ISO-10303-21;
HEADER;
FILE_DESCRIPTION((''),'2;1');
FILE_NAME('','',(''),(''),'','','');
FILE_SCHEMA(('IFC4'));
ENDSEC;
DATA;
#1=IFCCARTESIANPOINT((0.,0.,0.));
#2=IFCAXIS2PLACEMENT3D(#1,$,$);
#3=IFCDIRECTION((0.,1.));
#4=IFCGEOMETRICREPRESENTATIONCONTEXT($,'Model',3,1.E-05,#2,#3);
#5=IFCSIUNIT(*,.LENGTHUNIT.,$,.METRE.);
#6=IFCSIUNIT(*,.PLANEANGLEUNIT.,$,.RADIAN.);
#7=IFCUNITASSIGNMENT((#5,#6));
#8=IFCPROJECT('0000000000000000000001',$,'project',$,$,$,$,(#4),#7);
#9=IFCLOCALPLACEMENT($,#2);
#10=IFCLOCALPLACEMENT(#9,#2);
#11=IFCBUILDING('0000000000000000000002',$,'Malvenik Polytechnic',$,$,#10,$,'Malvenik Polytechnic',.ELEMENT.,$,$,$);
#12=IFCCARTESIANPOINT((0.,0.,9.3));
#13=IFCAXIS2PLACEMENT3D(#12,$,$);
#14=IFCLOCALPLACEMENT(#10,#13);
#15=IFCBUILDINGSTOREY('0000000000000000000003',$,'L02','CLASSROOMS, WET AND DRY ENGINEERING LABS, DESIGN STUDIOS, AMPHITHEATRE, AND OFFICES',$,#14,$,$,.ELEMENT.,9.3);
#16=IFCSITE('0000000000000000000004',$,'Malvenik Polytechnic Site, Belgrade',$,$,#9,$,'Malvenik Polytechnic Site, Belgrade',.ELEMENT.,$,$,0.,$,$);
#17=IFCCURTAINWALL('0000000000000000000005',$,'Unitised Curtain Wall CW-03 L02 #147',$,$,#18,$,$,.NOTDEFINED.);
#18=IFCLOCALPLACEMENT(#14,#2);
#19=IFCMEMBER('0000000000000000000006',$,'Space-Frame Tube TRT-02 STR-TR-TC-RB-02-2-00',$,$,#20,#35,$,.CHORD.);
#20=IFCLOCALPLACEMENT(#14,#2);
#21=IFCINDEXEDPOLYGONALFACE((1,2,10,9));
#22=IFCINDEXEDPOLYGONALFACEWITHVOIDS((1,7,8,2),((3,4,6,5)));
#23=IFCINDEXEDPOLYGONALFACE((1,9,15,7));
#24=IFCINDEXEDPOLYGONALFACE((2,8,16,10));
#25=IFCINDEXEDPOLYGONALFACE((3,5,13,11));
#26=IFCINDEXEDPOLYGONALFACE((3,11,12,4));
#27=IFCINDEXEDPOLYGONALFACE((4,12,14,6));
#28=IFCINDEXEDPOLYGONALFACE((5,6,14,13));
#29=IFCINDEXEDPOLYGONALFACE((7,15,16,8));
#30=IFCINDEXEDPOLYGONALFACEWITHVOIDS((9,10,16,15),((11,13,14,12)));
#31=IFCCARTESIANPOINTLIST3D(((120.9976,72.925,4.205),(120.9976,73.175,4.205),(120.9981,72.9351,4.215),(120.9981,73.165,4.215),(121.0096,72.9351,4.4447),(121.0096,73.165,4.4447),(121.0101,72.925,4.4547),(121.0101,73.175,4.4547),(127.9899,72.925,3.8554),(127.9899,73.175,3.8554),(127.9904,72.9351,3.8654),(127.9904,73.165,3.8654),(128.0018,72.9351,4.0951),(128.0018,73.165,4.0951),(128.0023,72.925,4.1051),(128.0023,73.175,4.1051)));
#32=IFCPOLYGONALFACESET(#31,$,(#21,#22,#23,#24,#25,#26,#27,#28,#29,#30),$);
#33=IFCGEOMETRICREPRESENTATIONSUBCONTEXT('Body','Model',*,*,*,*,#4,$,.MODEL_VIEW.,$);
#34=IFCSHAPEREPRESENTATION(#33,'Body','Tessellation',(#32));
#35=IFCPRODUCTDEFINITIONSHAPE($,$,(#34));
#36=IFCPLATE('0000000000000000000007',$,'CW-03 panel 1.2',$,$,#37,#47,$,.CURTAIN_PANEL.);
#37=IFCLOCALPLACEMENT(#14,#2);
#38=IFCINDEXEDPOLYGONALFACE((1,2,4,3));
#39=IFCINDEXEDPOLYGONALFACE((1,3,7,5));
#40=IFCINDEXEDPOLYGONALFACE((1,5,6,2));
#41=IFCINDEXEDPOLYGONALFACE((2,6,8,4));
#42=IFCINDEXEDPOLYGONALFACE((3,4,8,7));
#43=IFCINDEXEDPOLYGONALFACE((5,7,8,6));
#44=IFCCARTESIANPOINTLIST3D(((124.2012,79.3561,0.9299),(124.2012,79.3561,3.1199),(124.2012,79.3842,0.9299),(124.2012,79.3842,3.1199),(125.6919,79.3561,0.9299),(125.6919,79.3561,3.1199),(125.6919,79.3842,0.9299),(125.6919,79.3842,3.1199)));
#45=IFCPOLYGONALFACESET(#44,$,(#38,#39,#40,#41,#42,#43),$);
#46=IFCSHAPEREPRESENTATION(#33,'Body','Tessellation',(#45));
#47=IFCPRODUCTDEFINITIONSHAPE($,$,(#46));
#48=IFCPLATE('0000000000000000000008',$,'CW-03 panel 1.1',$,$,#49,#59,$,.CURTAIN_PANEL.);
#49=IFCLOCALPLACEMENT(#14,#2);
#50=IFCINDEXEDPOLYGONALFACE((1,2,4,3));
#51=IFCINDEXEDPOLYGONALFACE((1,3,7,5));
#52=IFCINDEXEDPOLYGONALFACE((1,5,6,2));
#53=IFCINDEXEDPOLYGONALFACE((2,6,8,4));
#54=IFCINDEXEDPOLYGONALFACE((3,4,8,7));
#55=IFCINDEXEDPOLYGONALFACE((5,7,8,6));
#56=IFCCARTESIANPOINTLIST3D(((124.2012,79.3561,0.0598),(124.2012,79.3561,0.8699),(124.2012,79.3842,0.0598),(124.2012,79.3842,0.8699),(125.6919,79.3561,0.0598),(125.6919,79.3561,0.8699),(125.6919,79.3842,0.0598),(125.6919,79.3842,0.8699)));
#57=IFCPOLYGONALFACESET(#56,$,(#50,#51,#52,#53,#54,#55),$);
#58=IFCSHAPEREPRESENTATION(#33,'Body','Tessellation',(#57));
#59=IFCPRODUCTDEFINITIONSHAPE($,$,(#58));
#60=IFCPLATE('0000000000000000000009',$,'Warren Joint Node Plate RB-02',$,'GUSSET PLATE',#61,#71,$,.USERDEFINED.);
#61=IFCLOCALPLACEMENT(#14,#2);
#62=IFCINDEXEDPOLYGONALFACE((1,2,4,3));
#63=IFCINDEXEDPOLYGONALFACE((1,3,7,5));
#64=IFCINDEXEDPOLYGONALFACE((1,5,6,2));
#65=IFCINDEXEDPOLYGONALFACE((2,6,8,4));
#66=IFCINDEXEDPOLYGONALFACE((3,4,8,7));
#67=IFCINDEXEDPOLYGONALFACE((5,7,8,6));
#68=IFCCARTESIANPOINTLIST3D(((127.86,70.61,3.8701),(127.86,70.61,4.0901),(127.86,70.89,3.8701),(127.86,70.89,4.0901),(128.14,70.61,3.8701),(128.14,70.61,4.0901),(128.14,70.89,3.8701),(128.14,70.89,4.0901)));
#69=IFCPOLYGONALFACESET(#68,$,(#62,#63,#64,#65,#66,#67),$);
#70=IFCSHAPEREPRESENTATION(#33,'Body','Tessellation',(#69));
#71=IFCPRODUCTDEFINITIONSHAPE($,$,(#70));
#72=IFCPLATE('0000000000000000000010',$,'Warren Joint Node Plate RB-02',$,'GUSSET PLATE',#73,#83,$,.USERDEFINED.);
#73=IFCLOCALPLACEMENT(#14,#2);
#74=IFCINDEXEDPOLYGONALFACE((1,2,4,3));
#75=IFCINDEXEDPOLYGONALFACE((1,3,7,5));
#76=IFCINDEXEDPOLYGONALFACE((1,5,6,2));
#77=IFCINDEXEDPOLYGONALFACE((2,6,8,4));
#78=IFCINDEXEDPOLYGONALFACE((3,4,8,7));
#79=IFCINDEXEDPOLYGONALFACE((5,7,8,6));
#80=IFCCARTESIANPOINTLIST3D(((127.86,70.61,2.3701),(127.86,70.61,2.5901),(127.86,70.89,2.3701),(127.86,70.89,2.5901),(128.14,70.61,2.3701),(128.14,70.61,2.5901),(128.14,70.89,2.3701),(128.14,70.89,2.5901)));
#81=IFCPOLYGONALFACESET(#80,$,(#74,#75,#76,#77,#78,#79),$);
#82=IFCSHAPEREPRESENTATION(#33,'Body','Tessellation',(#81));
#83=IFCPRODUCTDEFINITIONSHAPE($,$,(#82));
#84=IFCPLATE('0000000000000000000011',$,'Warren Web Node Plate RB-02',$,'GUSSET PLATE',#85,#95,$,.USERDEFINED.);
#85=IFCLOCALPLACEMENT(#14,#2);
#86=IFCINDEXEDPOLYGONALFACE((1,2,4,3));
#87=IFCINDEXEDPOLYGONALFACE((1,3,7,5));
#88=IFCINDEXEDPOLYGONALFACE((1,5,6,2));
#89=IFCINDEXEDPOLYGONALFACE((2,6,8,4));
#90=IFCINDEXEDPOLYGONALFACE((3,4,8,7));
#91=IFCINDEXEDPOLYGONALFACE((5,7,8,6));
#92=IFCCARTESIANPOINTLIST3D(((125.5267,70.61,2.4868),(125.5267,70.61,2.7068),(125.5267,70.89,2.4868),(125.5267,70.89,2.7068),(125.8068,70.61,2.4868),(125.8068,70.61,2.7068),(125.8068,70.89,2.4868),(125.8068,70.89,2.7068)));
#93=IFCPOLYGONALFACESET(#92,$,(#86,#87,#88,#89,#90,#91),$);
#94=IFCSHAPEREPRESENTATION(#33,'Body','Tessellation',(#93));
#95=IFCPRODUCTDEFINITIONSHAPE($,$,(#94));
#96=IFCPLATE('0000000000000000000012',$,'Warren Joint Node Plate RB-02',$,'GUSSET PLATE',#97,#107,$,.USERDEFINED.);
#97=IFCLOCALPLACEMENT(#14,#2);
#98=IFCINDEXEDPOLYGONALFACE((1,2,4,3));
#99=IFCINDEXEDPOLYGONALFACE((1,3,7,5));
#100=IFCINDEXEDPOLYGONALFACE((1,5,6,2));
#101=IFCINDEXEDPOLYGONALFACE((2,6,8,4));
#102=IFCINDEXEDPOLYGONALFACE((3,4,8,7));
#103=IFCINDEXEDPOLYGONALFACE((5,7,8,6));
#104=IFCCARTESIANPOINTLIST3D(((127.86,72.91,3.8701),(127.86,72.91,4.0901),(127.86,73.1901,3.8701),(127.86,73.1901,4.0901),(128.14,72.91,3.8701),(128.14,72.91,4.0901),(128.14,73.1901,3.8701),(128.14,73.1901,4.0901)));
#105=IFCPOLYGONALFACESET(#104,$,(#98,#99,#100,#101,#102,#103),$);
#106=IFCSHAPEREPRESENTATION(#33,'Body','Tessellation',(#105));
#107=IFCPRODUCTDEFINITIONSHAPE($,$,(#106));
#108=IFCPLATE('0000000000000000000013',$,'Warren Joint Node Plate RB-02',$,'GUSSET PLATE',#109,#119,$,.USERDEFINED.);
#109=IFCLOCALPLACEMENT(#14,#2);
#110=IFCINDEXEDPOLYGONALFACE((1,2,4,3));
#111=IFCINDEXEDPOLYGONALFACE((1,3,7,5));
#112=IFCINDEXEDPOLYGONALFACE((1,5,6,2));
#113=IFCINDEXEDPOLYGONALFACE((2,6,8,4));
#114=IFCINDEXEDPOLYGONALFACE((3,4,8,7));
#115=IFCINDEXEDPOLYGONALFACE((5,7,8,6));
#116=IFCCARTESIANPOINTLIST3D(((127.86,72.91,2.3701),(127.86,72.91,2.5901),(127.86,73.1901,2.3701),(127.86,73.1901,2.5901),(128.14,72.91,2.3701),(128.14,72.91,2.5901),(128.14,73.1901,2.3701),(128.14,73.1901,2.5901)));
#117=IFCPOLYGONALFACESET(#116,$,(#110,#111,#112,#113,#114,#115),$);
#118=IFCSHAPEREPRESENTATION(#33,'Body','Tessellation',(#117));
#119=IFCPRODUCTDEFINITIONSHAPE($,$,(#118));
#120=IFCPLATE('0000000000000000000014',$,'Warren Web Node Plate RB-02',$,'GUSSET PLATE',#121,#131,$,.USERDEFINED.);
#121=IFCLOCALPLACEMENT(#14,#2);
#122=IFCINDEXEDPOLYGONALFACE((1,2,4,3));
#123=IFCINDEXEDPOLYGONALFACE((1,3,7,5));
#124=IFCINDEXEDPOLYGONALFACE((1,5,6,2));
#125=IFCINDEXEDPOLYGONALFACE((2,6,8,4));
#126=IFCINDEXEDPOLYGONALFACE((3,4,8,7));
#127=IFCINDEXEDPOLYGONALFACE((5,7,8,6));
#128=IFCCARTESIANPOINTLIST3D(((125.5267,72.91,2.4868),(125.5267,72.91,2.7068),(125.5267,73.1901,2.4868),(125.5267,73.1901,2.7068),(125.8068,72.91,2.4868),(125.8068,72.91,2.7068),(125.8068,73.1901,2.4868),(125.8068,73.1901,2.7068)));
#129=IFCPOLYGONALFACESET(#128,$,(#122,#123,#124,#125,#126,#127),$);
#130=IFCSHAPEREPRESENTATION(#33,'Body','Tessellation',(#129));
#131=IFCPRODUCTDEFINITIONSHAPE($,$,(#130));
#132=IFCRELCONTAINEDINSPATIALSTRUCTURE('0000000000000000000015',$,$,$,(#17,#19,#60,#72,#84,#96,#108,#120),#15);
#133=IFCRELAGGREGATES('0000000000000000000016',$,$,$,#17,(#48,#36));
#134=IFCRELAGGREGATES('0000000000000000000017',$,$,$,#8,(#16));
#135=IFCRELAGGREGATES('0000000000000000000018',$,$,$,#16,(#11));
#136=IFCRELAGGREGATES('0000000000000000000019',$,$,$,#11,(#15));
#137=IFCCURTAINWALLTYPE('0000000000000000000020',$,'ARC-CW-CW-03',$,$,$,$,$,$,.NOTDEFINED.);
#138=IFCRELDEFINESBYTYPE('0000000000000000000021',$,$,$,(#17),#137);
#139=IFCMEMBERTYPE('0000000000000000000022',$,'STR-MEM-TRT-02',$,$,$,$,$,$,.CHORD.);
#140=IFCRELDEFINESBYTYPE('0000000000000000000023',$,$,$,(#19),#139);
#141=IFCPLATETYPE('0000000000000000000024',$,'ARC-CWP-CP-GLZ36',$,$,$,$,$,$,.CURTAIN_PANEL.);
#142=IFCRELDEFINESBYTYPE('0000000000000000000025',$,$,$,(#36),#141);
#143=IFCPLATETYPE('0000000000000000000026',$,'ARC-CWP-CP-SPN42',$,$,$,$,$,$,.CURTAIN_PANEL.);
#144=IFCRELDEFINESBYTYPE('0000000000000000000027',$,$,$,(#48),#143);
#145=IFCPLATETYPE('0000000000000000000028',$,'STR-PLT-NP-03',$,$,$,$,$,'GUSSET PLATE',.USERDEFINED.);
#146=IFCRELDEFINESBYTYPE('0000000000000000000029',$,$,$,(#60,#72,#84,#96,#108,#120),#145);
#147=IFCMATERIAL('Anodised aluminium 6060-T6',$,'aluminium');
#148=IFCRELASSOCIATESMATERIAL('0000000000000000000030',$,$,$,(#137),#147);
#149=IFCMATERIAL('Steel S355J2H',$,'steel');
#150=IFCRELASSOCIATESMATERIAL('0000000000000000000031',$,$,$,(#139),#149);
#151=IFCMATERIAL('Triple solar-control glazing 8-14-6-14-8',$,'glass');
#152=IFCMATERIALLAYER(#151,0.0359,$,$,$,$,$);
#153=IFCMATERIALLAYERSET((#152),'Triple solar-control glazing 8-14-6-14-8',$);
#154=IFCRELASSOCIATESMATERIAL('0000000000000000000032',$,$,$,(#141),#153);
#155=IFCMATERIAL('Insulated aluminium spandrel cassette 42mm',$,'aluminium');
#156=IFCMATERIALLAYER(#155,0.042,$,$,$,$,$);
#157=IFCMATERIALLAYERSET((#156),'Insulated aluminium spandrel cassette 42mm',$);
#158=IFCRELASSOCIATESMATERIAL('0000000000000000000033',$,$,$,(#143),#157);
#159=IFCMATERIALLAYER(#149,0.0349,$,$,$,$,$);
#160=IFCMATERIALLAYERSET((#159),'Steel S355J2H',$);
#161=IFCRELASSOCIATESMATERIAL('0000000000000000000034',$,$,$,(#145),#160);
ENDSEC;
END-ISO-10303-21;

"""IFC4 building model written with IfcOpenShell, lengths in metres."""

from ifc_helpers import new_model, si_unit, direction, frame, origin, origin_2d, place, context, subcontext, project, spatial, rectangle, hollow_rectangle, extrude, material, layer, layer_set, material_profile, profile_set, type_object, element, aggregate, save


model = new_model("IFC4")

# Units and contexts
model_context = context("Model", 3, precision=1e-05, world=origin(), true_north=direction((0.0, 1.0)))
body_context = subcontext(model_context, "Body", "Model", "MODEL_VIEW")
ifc_project = project(units=[si_unit("LENGTHUNIT", "METRE"), si_unit("PLANEANGLEUNIT", "RADIAN")], contexts=[model_context])

# Site, building, storey
site_placement = place(None, origin())
site = spatial("IfcSite", under=ifc_project, at=site_placement, Name="Malvenik Polytechnic Site, Belgrade", LongName="Malvenik Polytechnic Site, Belgrade", CompositionType="ELEMENT", RefElevation=0.0)
building_placement = place(site_placement, origin())
building = spatial("IfcBuilding", under=site, at=building_placement, Name="Malvenik Polytechnic", LongName="Malvenik Polytechnic", CompositionType="ELEMENT")
storey_placement = place(building_placement, frame((0.0, 0.0, 9.3)))
storey = spatial("IfcBuildingStorey", under=building, at=storey_placement, Name="L02", Description="CLASSROOMS, WET AND DRY ENGINEERING LABS, DESIGN STUDIOS, AMPHITHEATRE, AND OFFICES", CompositionType="ELEMENT", Elevation=9.3)

# Shared definitions
ifc_material_1 = material(Name="Steel S355J2H", Category="steel")

# Curtain wall
ifc_material_2 = material(Name="Anodised aluminium 6060-T6", Category="aluminium")
curtain_wall_type = type_object("IfcCurtainWallType", Name="ARC-CW-CW-03", PredefinedType="NOTDEFINED", material=ifc_material_2)
curtain_wall_1_placement = place(storey_placement, origin())
curtain_wall_1 = element("IfcCurtainWall", 1, at=curtain_wall_1_placement, inside=storey, type_object=curtain_wall_type, Name="Unitised Curtain Wall CW-03 L02 #147", PredefinedType="NOTDEFINED")

# Member
ifc_material_profile_1 = material_profile(ifc_material_1, hollow_rectangle(XDim=0.25, YDim=0.25, WallThickness=0.01, at=origin_2d()), Name="SHS 250x250x10.0")
ifc_profile_set_1 = profile_set([ifc_material_profile_1], Name="Steel S355J2H")
member_type_1 = type_object("IfcMemberType", Name="STR-MEM-TRT-02", PredefinedType="CHORD", material=ifc_profile_set_1)
member_1_placement = place(storey_placement, frame((127.9961, 73.05, 3.9802), z_axis=(-0.998752, 0.0, 0.049938), x_axis=(0.0, -1.0, 0.0)))
element("IfcMember", 2, at=member_1_placement, inside=storey, type_object=member_type_1, Name="Space-Frame Tube TRT-02 STR-TR-TC-RB-02-2-00", PredefinedType="CHORD", context=body_context, shape_type="SweptSolid", body=[
    extrude(hollow_rectangle(XDim=0.25, YDim=0.25, WallThickness=0.01, at=origin_2d()), origin(), (0.0, 0.0, 1.0), 7.001),
])

# Plates
ifc_material_3 = material(Name="Triple solar-control glazing 8-14-6-14-8", Category="glass")
ifc_layer_1 = layer(ifc_material_3, 0.0359)
ifc_layer_set_1 = layer_set([ifc_layer_1], Name="Triple solar-control glazing 8-14-6-14-8")
plate_type_1 = type_object("IfcPlateType", Name="ARC-CWP-CP-GLZ36", PredefinedType="CURTAIN_PANEL", material=ifc_layer_set_1)
plate_1_placement = place(storey_placement, frame((124.9465, 79.3701, 0.9299), z_axis=(0.0, 0.0, 1.0), x_axis=(-1.0, 0.0, 0.0)))
plate_1 = element("IfcPlate", 3, at=plate_1_placement, type_object=plate_type_1, Name="CW-03 panel 1.2", PredefinedType="CURTAIN_PANEL", context=body_context, shape_type="SweptSolid", body=[
    extrude(rectangle(XDim=1.4907, YDim=0.0281, at=origin_2d()), origin(), (0.0, 0.0, 1.0), 2.1899),
])
ifc_material_4 = material(Name="Insulated aluminium spandrel cassette 42mm", Category="aluminium")
ifc_layer_2 = layer(ifc_material_4, 0.042)
ifc_layer_set_2 = layer_set([ifc_layer_2], Name="Insulated aluminium spandrel cassette 42mm")
plate_type_2 = type_object("IfcPlateType", Name="ARC-CWP-CP-SPN42", PredefinedType="CURTAIN_PANEL", material=ifc_layer_set_2)
plate_2_placement = place(storey_placement, frame((124.9465, 79.3701, 0.0598), z_axis=(0.0, 0.0, 1.0), x_axis=(-1.0, 0.0, 0.0)))
plate_2 = element("IfcPlate", 4, at=plate_2_placement, type_object=plate_type_2, Name="CW-03 panel 1.1", PredefinedType="CURTAIN_PANEL", context=body_context, shape_type="SweptSolid", body=[
    extrude(rectangle(XDim=1.4907, YDim=0.0281, at=origin_2d()), origin(), (0.0, 0.0, 1.0), 0.8101),
])
aggregate(curtain_wall_1, [plate_2, plate_1])

# Plates
ifc_layer_3 = layer(ifc_material_1, 0.0349)
ifc_layer_set_3 = layer_set([ifc_layer_3], Name="Steel S355J2H")
plate_type_3 = type_object("IfcPlateType", Name="STR-PLT-NP-03", ElementType="GUSSET PLATE", PredefinedType="USERDEFINED", material=ifc_layer_set_3)
for number, where, z_axis, x_axis, name in (
    (5, (128.0, 70.75, 3.8701), (0.0, 0.0, 1.0), (1.0, 0.0, 0.0), "Warren Joint Node Plate RB-02"),
    (6, (128.0, 70.75, 2.3701), (0.0, 0.0, 1.0), (1.0, 0.0, 0.0), "Warren Joint Node Plate RB-02"),
    (7, (125.6667, 70.75, 2.4868), (0.0, 0.0, 1.0), (1.0, 0.0, 0.0), "Warren Web Node Plate RB-02"),
    (8, (128.0, 73.05, 3.8701), (0.0, 0.0, 1.0), (1.0, 0.0, 0.0), "Warren Joint Node Plate RB-02"),
    (9, (128.0, 73.05, 2.3701), (0.0, 0.0, 1.0), (1.0, 0.0, 0.0), "Warren Joint Node Plate RB-02"),
    (10, (125.6667, 73.05, 2.4868), (0.0, 0.0, 1.0), (1.0, 0.0, 0.0), "Warren Web Node Plate RB-02"),
):
    element("IfcPlate", number, at=place(storey_placement, frame(where, z_axis=z_axis, x_axis=x_axis)), inside=storey, type_object=plate_type_3, Name=name, ObjectType="GUSSET PLATE", PredefinedType="USERDEFINED", context=body_context, shape_type="SweptSolid", body=[
        extrude(rectangle(XDim=0.28, YDim=0.28, at=origin_2d()), origin(), (0.0, 0.0, 1.0), 0.22),
    ])

save(model, "model.ifc")
